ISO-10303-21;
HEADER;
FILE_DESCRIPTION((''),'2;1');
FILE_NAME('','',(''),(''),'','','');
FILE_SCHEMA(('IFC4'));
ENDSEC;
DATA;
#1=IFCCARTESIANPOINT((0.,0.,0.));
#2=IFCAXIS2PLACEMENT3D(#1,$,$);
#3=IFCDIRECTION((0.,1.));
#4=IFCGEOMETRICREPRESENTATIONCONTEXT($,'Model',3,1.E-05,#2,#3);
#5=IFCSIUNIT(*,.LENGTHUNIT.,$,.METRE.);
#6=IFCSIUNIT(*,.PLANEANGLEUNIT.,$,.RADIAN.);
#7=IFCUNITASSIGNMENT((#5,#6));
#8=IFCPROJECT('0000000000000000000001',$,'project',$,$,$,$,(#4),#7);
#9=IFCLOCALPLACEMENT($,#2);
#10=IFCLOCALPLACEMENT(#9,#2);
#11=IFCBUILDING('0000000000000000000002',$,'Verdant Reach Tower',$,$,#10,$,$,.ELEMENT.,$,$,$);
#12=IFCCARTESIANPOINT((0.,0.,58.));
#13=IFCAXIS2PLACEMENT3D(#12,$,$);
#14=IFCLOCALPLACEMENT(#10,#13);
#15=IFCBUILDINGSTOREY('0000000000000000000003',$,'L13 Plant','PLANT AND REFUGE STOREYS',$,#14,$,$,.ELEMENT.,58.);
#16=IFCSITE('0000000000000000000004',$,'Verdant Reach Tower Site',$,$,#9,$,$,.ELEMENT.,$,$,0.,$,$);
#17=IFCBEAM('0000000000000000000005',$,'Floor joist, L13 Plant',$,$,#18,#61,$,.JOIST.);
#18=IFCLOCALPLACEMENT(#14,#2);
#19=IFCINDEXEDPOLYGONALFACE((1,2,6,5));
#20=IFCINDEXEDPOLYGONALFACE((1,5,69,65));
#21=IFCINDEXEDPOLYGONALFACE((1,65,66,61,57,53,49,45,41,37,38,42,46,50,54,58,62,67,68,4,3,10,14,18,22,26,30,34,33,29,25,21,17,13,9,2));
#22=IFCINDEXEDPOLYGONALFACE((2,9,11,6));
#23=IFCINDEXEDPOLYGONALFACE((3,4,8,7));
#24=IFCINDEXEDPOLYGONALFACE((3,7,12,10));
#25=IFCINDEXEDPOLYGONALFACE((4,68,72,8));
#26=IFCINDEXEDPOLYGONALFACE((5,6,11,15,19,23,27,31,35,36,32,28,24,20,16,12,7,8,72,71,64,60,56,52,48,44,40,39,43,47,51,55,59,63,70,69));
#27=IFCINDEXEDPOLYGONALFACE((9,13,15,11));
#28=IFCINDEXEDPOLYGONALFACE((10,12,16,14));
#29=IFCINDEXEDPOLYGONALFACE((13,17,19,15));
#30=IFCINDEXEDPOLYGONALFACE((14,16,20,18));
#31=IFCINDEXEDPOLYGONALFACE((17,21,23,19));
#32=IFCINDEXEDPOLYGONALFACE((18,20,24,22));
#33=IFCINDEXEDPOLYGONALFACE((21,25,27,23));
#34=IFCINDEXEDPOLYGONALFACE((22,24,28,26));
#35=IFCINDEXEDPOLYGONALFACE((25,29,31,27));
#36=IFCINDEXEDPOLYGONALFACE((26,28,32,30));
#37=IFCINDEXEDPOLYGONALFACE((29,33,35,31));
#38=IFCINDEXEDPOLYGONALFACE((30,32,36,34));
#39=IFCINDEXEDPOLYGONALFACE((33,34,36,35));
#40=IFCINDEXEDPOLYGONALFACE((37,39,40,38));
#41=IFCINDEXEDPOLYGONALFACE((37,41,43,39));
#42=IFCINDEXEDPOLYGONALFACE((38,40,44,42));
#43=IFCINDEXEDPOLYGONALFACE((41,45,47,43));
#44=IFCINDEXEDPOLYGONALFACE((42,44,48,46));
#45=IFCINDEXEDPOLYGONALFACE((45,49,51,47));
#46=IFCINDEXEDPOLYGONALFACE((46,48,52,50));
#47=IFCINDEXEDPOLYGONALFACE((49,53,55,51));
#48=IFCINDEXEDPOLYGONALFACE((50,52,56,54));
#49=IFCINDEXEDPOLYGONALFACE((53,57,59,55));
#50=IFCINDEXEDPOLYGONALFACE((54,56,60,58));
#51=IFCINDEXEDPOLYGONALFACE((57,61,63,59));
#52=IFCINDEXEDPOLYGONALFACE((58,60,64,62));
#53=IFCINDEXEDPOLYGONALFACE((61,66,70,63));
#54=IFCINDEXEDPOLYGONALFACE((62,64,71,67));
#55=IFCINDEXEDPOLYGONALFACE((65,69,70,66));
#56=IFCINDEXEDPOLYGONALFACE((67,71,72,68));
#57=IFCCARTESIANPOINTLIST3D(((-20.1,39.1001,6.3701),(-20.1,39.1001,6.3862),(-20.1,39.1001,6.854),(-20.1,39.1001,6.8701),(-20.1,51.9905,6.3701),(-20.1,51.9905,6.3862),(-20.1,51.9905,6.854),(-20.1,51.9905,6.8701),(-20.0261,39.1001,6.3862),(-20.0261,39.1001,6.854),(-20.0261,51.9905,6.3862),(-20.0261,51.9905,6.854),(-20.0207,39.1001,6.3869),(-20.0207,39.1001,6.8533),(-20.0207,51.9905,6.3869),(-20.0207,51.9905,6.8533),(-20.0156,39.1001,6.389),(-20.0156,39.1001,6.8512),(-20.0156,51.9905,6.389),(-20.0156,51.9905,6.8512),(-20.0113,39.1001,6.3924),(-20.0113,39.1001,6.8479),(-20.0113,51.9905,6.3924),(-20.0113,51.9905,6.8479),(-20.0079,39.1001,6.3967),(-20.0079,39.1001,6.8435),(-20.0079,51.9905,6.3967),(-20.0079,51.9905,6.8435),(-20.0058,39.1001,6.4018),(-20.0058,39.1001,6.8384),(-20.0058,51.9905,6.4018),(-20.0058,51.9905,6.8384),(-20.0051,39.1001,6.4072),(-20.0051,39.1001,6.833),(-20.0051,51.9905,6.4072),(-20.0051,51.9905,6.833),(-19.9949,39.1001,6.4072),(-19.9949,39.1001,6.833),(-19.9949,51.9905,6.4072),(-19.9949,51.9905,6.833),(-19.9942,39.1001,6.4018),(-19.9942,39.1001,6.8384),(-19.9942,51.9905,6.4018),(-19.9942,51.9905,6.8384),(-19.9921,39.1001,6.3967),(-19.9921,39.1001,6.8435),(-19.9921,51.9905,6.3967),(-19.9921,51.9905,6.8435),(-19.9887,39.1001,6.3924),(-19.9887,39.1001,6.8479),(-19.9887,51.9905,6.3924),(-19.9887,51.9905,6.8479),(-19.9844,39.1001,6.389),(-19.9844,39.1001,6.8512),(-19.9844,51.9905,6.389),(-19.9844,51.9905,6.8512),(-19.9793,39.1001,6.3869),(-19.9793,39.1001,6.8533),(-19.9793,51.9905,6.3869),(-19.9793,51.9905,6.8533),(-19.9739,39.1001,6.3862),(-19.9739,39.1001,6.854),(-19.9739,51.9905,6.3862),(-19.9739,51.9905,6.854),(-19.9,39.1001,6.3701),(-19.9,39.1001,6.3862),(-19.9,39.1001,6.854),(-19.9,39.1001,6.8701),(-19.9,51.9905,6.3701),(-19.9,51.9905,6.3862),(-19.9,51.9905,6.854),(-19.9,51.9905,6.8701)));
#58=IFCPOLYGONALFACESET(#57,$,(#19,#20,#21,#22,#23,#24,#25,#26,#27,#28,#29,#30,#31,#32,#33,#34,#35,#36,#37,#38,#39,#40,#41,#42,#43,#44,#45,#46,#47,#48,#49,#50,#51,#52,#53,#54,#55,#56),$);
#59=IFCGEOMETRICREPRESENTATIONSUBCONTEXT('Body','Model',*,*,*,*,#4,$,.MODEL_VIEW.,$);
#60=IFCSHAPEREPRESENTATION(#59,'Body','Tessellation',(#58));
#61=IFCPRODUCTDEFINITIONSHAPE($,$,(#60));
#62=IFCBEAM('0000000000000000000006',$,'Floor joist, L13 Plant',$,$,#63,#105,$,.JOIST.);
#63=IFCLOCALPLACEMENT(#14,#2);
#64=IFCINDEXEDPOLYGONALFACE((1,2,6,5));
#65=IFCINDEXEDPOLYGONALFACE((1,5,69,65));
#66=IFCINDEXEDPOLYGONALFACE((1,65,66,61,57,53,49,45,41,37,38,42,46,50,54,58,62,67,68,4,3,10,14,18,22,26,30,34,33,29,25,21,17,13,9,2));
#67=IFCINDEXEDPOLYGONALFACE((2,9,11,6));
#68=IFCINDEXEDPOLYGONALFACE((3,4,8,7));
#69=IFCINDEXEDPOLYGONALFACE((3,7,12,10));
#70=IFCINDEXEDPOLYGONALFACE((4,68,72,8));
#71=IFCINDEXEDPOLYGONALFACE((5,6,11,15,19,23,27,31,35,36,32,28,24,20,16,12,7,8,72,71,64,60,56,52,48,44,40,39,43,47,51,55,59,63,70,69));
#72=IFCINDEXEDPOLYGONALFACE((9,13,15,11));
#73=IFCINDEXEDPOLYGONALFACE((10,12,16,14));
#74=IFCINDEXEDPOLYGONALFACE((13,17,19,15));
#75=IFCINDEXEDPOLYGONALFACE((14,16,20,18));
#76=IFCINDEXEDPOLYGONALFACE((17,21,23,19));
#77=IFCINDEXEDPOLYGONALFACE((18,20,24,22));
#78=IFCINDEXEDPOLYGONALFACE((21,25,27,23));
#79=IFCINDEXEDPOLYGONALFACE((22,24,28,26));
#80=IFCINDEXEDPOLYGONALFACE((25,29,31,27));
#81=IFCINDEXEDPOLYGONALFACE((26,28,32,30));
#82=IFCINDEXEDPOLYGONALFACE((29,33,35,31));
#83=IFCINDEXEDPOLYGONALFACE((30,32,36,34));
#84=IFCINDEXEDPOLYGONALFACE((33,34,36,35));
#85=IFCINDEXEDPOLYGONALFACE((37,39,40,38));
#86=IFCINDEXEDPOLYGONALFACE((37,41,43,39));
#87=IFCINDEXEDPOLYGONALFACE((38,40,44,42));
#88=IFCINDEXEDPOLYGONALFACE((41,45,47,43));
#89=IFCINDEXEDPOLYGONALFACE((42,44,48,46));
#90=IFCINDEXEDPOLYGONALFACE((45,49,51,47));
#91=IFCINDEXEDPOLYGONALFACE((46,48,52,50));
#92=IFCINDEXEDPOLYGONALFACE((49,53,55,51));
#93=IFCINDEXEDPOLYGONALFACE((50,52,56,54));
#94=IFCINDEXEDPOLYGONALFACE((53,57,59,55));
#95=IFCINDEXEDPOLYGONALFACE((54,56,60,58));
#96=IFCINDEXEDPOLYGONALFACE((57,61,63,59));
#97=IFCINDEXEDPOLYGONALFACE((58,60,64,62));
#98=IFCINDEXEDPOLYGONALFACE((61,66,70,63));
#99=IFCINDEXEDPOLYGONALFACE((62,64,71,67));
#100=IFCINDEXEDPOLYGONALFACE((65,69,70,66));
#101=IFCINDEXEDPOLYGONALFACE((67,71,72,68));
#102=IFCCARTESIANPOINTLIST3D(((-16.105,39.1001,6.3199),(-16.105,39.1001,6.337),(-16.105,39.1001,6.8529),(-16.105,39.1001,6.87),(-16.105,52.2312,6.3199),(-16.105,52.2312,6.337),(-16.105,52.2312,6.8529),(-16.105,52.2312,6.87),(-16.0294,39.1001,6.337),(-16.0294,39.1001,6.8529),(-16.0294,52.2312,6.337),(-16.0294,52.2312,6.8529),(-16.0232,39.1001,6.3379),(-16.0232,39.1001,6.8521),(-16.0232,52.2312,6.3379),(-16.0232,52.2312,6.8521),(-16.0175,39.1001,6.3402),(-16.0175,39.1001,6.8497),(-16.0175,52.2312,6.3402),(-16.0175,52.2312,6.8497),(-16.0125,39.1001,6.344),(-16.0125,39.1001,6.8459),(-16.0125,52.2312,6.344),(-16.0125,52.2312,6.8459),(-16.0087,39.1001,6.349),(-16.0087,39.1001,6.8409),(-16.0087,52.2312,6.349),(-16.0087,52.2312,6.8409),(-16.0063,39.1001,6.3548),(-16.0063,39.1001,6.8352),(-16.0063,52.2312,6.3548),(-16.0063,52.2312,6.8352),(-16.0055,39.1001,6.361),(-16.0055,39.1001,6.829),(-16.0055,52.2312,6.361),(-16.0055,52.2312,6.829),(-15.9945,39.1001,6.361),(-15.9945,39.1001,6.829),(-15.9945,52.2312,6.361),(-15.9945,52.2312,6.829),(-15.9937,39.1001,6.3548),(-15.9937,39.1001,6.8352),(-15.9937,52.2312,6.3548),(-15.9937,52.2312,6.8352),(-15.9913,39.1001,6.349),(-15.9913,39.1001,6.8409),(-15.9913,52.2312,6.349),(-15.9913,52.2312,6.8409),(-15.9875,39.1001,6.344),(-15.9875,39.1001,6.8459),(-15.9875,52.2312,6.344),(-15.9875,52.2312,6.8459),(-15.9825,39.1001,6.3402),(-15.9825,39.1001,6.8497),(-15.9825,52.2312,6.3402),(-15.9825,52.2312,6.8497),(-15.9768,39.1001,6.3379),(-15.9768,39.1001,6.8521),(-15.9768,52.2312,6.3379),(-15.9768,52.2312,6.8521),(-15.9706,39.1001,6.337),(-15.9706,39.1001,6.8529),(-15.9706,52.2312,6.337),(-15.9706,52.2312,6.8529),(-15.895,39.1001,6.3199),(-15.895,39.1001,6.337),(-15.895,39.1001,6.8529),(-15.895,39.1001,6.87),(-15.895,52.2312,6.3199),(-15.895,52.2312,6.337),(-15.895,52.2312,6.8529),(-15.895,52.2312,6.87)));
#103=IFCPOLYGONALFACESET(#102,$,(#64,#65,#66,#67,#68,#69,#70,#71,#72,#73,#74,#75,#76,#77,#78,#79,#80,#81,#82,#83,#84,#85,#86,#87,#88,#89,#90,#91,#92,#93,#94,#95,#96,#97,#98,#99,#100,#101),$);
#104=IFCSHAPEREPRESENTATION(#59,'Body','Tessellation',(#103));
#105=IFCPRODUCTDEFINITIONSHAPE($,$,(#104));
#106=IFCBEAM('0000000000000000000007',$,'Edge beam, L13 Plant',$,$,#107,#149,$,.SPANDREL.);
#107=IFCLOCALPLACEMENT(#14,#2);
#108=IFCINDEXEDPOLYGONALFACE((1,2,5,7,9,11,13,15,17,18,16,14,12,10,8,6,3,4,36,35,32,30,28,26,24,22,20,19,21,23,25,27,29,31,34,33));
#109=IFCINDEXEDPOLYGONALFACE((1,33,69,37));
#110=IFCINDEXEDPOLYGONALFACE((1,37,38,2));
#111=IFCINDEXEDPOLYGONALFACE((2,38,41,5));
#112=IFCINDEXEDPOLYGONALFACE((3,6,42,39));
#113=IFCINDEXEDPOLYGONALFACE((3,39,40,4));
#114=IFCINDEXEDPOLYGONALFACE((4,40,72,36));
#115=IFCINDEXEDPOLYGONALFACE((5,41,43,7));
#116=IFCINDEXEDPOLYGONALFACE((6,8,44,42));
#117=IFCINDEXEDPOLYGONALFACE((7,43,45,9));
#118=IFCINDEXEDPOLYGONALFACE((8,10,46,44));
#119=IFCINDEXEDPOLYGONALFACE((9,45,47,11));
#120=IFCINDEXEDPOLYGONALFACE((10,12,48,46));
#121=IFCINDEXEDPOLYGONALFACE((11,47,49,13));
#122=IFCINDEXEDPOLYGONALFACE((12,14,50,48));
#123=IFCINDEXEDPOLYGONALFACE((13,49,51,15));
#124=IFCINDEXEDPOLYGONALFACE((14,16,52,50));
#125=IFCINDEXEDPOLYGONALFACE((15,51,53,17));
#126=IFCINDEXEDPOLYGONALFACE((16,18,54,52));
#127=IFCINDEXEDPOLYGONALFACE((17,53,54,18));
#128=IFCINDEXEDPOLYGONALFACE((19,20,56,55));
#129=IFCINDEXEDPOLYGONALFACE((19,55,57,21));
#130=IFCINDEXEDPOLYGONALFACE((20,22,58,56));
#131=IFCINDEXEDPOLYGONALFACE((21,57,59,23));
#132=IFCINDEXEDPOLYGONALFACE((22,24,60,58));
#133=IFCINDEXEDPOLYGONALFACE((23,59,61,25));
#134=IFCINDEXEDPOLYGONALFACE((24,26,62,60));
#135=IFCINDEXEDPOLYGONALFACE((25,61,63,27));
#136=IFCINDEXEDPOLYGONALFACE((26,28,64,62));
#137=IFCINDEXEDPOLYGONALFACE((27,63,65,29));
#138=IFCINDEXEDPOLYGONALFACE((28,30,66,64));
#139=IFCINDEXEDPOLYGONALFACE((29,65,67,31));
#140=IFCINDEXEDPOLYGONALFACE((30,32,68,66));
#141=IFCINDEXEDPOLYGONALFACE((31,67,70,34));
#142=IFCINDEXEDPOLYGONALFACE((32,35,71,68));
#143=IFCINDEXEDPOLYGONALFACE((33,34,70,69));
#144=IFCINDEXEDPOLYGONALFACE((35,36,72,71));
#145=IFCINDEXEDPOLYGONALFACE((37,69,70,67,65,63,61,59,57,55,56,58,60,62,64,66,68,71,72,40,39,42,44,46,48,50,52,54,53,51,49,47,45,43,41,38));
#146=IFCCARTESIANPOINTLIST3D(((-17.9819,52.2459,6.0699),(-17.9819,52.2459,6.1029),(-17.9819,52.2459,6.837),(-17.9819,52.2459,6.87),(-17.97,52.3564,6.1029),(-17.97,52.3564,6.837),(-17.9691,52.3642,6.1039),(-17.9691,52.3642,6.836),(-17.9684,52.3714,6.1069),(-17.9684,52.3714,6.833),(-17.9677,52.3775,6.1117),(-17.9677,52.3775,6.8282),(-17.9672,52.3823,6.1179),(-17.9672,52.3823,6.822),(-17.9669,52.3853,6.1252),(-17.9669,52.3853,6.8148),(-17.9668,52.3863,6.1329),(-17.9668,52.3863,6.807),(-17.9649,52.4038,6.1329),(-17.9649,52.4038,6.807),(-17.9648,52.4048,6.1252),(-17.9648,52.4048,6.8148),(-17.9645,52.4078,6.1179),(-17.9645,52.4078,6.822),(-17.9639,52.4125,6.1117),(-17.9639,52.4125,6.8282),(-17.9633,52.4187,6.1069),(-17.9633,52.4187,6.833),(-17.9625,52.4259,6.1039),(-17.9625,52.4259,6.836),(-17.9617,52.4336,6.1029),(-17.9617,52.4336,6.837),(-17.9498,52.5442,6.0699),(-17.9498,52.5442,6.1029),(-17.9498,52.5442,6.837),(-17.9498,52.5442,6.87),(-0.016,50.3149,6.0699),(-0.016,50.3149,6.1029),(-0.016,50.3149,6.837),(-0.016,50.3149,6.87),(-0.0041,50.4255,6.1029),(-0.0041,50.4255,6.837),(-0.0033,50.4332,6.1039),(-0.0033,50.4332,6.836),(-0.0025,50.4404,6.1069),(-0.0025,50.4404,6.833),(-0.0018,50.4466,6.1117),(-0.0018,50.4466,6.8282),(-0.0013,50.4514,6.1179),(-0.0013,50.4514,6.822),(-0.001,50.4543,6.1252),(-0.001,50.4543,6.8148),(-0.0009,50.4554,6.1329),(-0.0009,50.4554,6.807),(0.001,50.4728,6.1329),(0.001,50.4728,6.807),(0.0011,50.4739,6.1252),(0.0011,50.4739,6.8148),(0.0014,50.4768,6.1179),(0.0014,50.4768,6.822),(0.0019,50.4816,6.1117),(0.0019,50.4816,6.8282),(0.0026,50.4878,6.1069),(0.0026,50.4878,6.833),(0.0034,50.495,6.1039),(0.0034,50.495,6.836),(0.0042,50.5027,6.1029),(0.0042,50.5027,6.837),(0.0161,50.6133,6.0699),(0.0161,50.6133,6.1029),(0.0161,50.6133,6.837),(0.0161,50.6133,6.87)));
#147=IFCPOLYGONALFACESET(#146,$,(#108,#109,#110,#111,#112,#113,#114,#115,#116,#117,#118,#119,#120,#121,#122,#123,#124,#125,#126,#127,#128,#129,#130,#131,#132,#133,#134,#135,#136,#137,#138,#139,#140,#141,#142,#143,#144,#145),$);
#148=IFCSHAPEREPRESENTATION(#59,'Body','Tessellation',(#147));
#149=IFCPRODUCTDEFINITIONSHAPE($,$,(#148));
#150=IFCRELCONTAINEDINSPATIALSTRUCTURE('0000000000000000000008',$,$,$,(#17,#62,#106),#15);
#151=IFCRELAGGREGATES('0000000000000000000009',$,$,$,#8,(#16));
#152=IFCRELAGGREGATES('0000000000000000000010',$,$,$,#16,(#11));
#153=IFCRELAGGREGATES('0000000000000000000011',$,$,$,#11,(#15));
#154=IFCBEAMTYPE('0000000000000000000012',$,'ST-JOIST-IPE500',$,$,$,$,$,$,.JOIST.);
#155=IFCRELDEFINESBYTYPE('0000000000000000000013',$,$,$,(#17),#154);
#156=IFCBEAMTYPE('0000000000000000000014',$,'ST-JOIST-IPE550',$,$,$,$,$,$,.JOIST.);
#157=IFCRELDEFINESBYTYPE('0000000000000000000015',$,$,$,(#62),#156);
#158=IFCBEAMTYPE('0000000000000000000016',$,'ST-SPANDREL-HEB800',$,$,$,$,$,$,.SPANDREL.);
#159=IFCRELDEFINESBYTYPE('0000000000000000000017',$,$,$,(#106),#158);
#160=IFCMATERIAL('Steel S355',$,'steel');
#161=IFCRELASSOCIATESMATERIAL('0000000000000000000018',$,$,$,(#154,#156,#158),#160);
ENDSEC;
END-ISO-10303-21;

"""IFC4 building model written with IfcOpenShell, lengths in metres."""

from ifc_helpers import new_model, si_unit, direction, frame, origin, origin_2d, place, context, subcontext, project, spatial, i_section, extrude, material, material_profile, profile_set, type_object, element, save


model = new_model("IFC4")

# Units and contexts
model_context = context("Model", 3, precision=1e-05, world=origin(), true_north=direction((0.0, 1.0)))
body_context = subcontext(model_context, "Body", "Model", "MODEL_VIEW")
ifc_project = project(units=[si_unit("LENGTHUNIT", "METRE"), si_unit("PLANEANGLEUNIT", "RADIAN")], contexts=[model_context])

# Site, building, storey
site_placement = place(None, origin())
site = spatial("IfcSite", under=ifc_project, at=site_placement, Name="Verdant Reach Tower Site", CompositionType="ELEMENT", RefElevation=0.0)
building_placement = place(site_placement, origin())
building = spatial("IfcBuilding", under=site, at=building_placement, Name="Verdant Reach Tower", CompositionType="ELEMENT")
storey_placement = place(building_placement, frame((0.0, 0.0, 58.0)))
storey = spatial("IfcBuildingStorey", under=building, at=storey_placement, Name="L13 Plant", Description="PLANT AND REFUGE STOREYS", CompositionType="ELEMENT", Elevation=58.0)

# Beams
ifc_material_1 = material(Name="Steel S355", Category="steel")
ifc_material_profile_1 = material_profile(ifc_material_1, i_section(OverallWidth=0.2, OverallDepth=0.5, WebThickness=0.0103, FlangeThickness=0.0161, FilletRadius=0.021, at=origin_2d()), Name="IPE 500")
ifc_profile_set_1 = profile_set([ifc_material_profile_1], Name="Steel S355")
beam_type_1 = type_object("IfcBeamType", Name="ST-JOIST-IPE500", PredefinedType="JOIST", material=ifc_profile_set_1)
beam_1_placement = place(storey_placement, frame((-20.0, 39.1001, 6.6201), z_axis=(0.0, 1.0, 0.0), x_axis=(-1.0, 0.0, 0.0)))
element("IfcBeam", 1, at=beam_1_placement, inside=storey, type_object=beam_type_1, Name="Floor joist, L13 Plant", PredefinedType="JOIST", context=body_context, shape_type="SweptSolid", body=[
    extrude(i_section(OverallWidth=0.2, OverallDepth=0.5, WebThickness=0.0103, FlangeThickness=0.0161, FilletRadius=0.021, at=origin_2d()), origin(), (0.0, 0.0, 1.0), 12.8904),
])
ifc_material_profile_2 = material_profile(ifc_material_1, i_section(OverallWidth=0.21, OverallDepth=0.55, WebThickness=0.011, FlangeThickness=0.0171, FilletRadius=0.0239, at=origin_2d()), Name="IPE 550")
ifc_profile_set_2 = profile_set([ifc_material_profile_2], Name="Steel S355")
beam_type_2 = type_object("IfcBeamType", Name="ST-JOIST-IPE550", PredefinedType="JOIST", material=ifc_profile_set_2)
beam_2_placement = place(storey_placement, frame((-16.0, 39.1001, 6.595), z_axis=(0.0, 1.0, 0.0), x_axis=(-1.0, 0.0, 0.0)))
element("IfcBeam", 2, at=beam_2_placement, inside=storey, type_object=beam_type_2, Name="Floor joist, L13 Plant", PredefinedType="JOIST", context=body_context, shape_type="SweptSolid", body=[
    extrude(i_section(OverallWidth=0.21, OverallDepth=0.55, WebThickness=0.011, FlangeThickness=0.0171, FilletRadius=0.0239, at=origin_2d()), origin(), (0.0, 0.0, 1.0), 13.1311),
])
ifc_material_profile_3 = material_profile(ifc_material_1, i_section(OverallWidth=0.3, OverallDepth=0.8, WebThickness=0.0176, FlangeThickness=0.033, FilletRadius=0.03, at=origin_2d()), Name="HEB 800")
ifc_profile_set_3 = profile_set([ifc_material_profile_3], Name="Steel S355")
beam_type_3 = type_object("IfcBeamType", Name="ST-SPANDREL-HEB800", PredefinedType="SPANDREL", material=ifc_profile_set_3)
beam_3_placement = place(storey_placement, frame((-17.9658, 52.395, 6.47), z_axis=(0.994274, -0.106861, 0.0), x_axis=(0.106861, 0.994274, 0.0)))
element("IfcBeam", 3, at=beam_3_placement, inside=storey, type_object=beam_type_3, Name="Edge beam, L13 Plant", PredefinedType="SPANDREL", context=body_context, shape_type="SweptSolid", body=[
    extrude(i_section(OverallWidth=0.3, OverallDepth=0.8, WebThickness=0.0176, FlangeThickness=0.033, FilletRadius=0.03, at=origin_2d()), origin(), (0.0, 0.0, 1.0), 18.0693),
])

save(model, "model.ifc")
